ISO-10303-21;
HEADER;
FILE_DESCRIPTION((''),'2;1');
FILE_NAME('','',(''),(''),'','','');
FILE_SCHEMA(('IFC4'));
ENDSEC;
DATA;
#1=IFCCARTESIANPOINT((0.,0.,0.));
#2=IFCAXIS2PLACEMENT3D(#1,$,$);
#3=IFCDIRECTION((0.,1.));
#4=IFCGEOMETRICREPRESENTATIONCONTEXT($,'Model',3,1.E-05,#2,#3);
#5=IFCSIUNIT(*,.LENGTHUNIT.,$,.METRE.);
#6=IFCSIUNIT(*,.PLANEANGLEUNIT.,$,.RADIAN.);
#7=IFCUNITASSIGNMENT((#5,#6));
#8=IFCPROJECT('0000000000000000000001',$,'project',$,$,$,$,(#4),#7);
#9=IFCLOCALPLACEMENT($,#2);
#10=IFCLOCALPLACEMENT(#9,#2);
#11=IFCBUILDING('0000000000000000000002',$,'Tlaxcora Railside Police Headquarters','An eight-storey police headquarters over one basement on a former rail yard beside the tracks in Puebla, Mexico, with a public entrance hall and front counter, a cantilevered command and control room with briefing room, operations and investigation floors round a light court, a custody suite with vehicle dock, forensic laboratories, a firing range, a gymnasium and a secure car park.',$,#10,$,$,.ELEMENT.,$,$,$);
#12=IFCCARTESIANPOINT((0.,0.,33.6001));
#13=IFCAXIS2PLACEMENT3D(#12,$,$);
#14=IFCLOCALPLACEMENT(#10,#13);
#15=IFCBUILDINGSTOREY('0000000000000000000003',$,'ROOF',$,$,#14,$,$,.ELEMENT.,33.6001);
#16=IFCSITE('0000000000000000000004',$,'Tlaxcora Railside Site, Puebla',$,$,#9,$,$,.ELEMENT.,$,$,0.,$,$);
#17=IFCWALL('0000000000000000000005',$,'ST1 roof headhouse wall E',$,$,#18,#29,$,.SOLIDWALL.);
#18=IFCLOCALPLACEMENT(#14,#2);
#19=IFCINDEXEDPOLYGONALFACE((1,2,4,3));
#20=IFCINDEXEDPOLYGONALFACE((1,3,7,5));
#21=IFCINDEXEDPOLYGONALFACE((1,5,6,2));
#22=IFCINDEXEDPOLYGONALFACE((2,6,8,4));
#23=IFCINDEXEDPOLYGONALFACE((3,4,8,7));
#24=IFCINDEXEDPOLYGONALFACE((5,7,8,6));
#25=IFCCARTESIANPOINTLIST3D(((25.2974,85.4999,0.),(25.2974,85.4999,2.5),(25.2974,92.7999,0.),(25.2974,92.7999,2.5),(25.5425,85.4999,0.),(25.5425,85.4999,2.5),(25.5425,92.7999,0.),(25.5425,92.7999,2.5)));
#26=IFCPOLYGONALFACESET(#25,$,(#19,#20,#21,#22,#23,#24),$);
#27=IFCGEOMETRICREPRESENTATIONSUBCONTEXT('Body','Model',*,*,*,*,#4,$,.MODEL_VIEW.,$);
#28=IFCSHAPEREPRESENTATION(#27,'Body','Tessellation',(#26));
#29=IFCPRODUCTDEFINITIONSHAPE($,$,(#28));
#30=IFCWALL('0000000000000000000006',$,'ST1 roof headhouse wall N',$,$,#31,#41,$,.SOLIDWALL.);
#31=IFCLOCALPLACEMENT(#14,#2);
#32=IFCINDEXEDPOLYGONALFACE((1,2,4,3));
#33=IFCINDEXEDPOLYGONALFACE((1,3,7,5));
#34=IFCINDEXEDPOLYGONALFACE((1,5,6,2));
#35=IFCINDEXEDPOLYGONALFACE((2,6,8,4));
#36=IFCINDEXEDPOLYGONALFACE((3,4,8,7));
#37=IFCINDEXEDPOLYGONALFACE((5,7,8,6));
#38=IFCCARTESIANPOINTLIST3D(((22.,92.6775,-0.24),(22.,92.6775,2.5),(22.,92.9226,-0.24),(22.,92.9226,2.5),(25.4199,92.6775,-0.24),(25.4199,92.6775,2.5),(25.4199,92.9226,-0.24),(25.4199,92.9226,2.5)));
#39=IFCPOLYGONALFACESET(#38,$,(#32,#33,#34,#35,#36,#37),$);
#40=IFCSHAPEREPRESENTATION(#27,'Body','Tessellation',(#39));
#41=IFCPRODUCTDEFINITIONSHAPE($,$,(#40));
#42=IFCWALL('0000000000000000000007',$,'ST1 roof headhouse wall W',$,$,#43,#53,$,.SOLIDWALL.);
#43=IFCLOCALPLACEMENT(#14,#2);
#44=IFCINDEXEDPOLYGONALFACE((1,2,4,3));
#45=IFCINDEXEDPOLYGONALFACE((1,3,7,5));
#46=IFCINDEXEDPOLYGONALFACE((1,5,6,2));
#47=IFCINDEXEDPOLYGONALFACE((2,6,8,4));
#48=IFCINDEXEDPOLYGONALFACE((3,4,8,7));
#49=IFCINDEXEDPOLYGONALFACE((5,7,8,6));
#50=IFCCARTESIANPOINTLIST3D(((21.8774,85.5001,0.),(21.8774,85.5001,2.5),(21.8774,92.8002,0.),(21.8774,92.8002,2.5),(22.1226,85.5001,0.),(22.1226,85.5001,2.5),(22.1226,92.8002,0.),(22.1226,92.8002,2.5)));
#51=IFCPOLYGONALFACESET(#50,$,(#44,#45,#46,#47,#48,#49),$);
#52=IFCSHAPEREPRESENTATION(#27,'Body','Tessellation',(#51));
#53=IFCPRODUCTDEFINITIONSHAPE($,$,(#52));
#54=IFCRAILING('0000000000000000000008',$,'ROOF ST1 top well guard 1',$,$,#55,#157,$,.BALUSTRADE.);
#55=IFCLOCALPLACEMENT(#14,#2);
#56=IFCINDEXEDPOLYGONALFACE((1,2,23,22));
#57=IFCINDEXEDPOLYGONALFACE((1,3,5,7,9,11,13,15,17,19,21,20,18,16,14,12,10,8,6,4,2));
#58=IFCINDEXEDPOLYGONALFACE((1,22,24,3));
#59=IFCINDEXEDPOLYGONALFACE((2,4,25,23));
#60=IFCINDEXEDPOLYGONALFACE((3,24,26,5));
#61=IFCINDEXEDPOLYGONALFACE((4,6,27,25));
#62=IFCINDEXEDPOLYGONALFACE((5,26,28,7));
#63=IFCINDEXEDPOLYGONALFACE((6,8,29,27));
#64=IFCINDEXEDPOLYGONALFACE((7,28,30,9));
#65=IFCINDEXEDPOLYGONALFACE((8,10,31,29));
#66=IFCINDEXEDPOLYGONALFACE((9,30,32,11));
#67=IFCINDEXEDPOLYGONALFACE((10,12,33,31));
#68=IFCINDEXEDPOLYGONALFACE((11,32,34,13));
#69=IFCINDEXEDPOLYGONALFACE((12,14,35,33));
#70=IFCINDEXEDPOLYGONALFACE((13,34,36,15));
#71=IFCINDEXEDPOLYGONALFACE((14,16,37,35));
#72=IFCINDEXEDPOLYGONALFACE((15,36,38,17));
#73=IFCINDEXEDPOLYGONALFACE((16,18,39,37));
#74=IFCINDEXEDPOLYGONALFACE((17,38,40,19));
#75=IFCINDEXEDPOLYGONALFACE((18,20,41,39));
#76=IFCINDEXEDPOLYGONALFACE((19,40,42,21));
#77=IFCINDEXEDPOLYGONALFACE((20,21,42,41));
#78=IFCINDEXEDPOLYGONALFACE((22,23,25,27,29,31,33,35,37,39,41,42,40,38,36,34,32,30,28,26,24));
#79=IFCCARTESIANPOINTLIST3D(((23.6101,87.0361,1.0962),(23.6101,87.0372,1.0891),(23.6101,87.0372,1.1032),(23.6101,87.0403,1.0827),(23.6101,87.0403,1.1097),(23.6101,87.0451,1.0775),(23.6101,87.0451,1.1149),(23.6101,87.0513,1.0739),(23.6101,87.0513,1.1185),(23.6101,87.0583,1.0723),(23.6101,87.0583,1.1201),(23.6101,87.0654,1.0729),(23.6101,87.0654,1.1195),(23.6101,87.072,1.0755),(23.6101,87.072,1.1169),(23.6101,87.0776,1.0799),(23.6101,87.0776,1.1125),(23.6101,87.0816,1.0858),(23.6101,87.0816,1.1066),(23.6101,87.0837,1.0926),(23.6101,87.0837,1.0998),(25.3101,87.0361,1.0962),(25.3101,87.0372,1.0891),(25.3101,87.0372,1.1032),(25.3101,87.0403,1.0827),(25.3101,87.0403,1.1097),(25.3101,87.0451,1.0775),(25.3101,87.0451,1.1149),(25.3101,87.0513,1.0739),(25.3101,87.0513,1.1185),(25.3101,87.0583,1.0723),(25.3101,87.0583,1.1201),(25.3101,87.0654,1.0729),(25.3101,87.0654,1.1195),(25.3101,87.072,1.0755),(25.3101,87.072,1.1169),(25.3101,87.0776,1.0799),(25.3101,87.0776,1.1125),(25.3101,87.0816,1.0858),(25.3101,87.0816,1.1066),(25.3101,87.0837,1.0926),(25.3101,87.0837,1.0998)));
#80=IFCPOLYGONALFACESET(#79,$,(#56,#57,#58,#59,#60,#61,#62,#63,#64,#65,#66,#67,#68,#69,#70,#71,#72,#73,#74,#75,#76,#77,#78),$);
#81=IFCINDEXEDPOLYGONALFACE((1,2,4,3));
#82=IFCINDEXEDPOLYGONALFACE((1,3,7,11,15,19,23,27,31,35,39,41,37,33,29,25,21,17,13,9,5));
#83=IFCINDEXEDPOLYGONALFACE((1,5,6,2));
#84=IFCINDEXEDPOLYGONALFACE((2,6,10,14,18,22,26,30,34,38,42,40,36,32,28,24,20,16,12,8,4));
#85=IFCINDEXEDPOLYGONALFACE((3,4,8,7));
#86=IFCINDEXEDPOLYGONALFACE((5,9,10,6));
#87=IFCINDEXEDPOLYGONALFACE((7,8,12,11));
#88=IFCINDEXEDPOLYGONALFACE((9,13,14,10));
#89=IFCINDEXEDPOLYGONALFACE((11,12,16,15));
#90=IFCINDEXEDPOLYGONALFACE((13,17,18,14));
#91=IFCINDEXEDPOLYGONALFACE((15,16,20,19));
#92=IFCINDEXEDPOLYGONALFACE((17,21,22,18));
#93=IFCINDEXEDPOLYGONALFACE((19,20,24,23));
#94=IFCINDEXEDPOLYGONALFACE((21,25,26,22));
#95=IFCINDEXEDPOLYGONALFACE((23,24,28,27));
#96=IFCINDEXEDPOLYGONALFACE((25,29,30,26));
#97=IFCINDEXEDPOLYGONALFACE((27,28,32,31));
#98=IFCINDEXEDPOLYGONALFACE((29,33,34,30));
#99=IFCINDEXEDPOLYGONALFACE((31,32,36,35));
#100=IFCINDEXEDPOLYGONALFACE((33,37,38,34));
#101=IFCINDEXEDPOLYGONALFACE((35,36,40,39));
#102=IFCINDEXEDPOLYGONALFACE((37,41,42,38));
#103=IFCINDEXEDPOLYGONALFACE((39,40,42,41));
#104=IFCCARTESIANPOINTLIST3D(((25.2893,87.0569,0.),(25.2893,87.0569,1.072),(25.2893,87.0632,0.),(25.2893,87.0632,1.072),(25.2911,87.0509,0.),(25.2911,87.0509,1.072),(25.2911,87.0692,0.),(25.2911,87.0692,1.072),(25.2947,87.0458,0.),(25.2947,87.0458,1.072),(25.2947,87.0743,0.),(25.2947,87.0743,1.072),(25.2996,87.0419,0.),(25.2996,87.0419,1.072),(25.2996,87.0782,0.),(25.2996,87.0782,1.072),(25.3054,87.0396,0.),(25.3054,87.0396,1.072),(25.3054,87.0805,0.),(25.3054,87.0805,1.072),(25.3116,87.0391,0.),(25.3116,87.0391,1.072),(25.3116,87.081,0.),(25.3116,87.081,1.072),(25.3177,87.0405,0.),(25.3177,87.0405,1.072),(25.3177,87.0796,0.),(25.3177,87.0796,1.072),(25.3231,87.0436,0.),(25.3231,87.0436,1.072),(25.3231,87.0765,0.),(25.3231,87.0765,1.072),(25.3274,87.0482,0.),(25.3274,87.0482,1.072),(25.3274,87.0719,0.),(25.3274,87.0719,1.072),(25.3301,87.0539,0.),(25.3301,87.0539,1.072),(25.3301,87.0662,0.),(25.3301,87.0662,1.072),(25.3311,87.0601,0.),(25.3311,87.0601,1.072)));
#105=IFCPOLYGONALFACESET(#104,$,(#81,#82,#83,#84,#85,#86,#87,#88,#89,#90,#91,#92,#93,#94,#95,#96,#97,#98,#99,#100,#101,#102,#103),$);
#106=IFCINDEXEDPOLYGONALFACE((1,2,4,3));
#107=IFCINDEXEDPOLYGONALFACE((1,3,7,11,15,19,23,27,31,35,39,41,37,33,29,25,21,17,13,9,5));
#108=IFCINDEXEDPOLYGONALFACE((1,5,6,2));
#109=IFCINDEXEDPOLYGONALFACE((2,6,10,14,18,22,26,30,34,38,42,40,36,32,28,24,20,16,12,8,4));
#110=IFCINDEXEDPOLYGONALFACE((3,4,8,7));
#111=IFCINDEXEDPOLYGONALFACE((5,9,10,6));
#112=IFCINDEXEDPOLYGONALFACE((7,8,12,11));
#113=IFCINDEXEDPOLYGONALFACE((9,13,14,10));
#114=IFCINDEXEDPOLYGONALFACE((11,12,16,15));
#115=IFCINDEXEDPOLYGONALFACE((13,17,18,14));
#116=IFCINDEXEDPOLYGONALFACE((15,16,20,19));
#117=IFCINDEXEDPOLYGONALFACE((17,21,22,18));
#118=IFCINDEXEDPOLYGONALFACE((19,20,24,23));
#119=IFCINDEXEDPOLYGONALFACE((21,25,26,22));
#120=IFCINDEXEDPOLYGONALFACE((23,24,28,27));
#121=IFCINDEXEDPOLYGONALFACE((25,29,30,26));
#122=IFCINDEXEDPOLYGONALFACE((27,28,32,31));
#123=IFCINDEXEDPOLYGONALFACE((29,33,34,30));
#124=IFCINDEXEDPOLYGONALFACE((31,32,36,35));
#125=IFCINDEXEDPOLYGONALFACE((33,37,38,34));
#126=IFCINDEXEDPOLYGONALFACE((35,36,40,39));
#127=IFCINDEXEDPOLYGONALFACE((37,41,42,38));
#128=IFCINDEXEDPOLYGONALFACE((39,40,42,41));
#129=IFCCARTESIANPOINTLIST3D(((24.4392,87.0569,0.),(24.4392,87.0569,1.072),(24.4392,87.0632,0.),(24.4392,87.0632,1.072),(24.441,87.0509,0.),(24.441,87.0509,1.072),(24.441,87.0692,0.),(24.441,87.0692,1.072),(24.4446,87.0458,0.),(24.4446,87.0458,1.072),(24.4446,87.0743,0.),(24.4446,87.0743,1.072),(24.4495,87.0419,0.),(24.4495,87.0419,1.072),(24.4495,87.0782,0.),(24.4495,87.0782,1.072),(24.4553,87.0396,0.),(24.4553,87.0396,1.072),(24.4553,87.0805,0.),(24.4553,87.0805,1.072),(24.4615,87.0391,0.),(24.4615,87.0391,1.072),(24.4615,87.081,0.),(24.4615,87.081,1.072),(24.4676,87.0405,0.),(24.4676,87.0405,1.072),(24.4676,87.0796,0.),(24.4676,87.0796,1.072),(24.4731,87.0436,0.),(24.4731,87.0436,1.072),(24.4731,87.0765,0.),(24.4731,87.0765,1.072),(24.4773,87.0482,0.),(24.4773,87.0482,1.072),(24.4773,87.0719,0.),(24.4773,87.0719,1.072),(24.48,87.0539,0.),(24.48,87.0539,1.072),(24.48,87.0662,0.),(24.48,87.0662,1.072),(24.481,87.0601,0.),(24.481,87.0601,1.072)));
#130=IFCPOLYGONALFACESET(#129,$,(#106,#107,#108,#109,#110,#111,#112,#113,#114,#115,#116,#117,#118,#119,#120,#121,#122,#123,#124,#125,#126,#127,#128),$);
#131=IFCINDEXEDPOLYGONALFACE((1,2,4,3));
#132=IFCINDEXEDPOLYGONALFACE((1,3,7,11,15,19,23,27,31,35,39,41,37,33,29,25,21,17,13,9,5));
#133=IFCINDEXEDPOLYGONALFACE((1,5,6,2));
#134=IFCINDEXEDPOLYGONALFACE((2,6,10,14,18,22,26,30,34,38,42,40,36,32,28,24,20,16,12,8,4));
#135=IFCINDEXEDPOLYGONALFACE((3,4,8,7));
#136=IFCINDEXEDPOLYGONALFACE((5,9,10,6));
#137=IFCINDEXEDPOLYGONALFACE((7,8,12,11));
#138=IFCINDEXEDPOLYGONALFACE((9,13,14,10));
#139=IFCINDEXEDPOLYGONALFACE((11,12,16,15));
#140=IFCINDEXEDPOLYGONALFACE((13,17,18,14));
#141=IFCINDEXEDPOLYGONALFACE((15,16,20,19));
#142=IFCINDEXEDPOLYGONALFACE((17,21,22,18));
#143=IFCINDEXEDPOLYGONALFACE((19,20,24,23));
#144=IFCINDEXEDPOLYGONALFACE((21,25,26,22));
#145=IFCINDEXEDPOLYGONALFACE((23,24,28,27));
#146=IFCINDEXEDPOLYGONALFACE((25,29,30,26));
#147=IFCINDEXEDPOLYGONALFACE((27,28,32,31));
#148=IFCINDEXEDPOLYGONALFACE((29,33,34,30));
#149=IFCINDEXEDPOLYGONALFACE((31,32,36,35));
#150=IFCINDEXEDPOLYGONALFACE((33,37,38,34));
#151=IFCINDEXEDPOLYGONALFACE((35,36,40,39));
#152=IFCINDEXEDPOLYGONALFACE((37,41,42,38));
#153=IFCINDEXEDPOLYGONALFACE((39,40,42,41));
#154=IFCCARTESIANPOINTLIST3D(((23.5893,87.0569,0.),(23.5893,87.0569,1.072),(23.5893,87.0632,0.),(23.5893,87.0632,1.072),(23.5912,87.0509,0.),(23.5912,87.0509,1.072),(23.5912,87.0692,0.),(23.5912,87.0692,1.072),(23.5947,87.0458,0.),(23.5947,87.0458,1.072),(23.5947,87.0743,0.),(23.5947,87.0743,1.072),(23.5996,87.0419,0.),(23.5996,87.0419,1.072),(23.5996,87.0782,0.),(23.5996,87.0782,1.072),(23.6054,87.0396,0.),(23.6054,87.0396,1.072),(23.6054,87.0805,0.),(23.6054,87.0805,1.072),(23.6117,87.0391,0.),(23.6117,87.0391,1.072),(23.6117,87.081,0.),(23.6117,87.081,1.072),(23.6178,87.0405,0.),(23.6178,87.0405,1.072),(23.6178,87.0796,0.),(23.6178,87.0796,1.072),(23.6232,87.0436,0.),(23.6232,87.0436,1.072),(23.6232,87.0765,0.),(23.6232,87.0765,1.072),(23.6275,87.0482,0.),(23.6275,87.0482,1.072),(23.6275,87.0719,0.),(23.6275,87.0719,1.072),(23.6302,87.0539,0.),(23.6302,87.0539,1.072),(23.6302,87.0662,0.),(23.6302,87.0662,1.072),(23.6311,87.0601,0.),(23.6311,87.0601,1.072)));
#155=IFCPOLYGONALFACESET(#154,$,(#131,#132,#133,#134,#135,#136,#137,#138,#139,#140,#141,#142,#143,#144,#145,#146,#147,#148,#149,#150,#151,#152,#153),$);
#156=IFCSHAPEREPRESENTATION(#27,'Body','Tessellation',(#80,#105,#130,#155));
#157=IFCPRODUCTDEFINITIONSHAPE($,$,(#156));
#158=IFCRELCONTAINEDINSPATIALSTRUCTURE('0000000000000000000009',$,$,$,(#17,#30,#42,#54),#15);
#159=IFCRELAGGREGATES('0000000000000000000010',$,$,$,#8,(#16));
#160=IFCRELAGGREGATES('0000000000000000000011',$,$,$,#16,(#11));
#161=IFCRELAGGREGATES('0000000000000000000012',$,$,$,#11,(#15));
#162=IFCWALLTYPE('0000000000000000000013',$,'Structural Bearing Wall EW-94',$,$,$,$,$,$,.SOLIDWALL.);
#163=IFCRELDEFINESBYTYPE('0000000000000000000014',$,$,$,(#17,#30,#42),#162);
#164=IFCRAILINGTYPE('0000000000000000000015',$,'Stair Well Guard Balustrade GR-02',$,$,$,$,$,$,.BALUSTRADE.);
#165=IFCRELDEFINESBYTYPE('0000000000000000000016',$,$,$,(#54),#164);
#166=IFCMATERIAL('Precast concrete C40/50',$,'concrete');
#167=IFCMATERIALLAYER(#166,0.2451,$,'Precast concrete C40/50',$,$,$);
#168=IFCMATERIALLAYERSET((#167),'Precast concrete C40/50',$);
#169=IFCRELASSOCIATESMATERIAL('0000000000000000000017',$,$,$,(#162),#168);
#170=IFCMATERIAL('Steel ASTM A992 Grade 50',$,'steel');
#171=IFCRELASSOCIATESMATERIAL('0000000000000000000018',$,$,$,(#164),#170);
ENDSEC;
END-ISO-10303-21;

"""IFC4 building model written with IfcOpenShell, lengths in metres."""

from ifc_helpers import new_model, si_unit, direction, frame, frame_2d, origin, origin_2d, place, context, subcontext, project, spatial, rectangle, circle, extrude, material, layer, layer_set, type_object, element, save


model = new_model("IFC4")

# Units and contexts
model_context = context("Model", 3, precision=1e-05, world=origin(), true_north=direction((0.0, 1.0)))
body_context = subcontext(model_context, "Body", "Model", "MODEL_VIEW")
ifc_project = project(units=[si_unit("LENGTHUNIT", "METRE"), si_unit("PLANEANGLEUNIT", "RADIAN")], contexts=[model_context])

# Site, building, storey
site_placement = place(None, origin())
site = spatial("IfcSite", under=ifc_project, at=site_placement, Name="Tlaxcora Railside Site, Puebla", CompositionType="ELEMENT", RefElevation=0.0)
building_placement = place(site_placement, origin())
building = spatial("IfcBuilding", under=site, at=building_placement, Name="Tlaxcora Railside Police Headquarters", Description="An eight-storey police headquarters over one basement on a former rail yard beside the tracks in Puebla, Mexico, with a public entrance hall and front counter, a cantilevered command and control room with briefing room, operations and investigation floors round a light court, a custody suite with vehicle dock, forensic laboratories, a firing range, a gymnasium and a secure car park.", CompositionType="ELEMENT")
storey_placement = place(building_placement, frame((0.0, 0.0, 33.6001)))
storey = spatial("IfcBuildingStorey", under=building, at=storey_placement, Name="ROOF", CompositionType="ELEMENT", Elevation=33.6001)

# Shared definitions
ifc_material_1 = material(Name="Steel ASTM A992 Grade 50", Category="steel")

# Walls
ifc_material_2 = material(Name="Precast concrete C40/50", Category="concrete")
ifc_layer_1 = layer(ifc_material_2, 0.2451, Name="Precast concrete C40/50")
ifc_layer_set_1 = layer_set([ifc_layer_1], Name="Precast concrete C40/50")
wall_type_1 = type_object("IfcWallType", Name="Structural Bearing Wall EW-94", PredefinedType="SOLIDWALL", material=ifc_layer_set_1)
wall_1_placement = place(storey_placement, frame((25.4199, 85.5, 0.0), z_axis=(0.0, 0.0, 1.0), x_axis=(0.0, 1.0, 0.0)))
element("IfcWall", 1, at=wall_1_placement, inside=storey, type_object=wall_type_1, Name="ST1 roof headhouse wall E", PredefinedType="SOLIDWALL", context=body_context, shape_type="SweptSolid", body=[
    extrude(rectangle(XDim=7.3, YDim=0.2451, at=frame_2d((3.6499, 0.0))), origin(), (0.0, 0.0, 1.0), 2.5),
])
wall_2_placement = place(storey_placement, frame((25.4199, 92.8, -0.24), z_axis=(0.0, 0.0, 1.0), x_axis=(-1.0, 0.0, 0.0)))
element("IfcWall", 2, at=wall_2_placement, inside=storey, type_object=wall_type_1, Name="ST1 roof headhouse wall N", PredefinedType="SOLIDWALL", context=body_context, shape_type="SweptSolid", body=[
    extrude(rectangle(XDim=3.4199, YDim=0.2451, at=frame_2d((1.71, 0.0))), origin(), (0.0, 0.0, 1.0), 2.74),
])
wall_3_placement = place(storey_placement, frame((22.0, 92.8, 0.0), z_axis=(0.0, 0.0, 1.0), x_axis=(0.0, -1.0, 0.0)))
element("IfcWall", 3, at=wall_3_placement, inside=storey, type_object=wall_type_1, Name="ST1 roof headhouse wall W", PredefinedType="SOLIDWALL", context=body_context, shape_type="SweptSolid", body=[
    extrude(rectangle(XDim=7.3, YDim=0.2451, at=frame_2d((3.6499, 0.0))), origin(), (0.0, 0.0, 1.0), 2.5),
])

# Railing
railing_type = type_object("IfcRailingType", Name="Stair Well Guard Balustrade GR-02", PredefinedType="BALUSTRADE", material=ifc_material_1)
railing_placement = place(storey_placement, frame((25.3101, 87.0601, 0.0)))
element("IfcRailing", 4, at=railing_placement, inside=storey, type_object=railing_type, Name="ROOF ST1 top well guard 1", PredefinedType="BALUSTRADE", context=body_context, shape_type="SweptSolid", body=[
    extrude(circle(Radius=0.0239, at=origin_2d()), frame((0.0, 0.0, 1.0962), z_axis=(-1.0, 0.0, 0.0), x_axis=(0.0, -1.0, 0.0)), (0.0, 0.0, 1.0), 1.7),
    extrude(circle(Radius=0.021, at=origin_2d()), origin(), (0.0, 0.0, 1.0), 1.072),
    extrude(circle(Radius=0.021, at=origin_2d()), frame((-0.8501, 0.0, 0.0)), (0.0, 0.0, 1.0), 1.072),
    extrude(circle(Radius=0.021, at=origin_2d()), frame((-1.7, 0.0, 0.0)), (0.0, 0.0, 1.0), 1.072),
])

save(model, "model.ifc")
